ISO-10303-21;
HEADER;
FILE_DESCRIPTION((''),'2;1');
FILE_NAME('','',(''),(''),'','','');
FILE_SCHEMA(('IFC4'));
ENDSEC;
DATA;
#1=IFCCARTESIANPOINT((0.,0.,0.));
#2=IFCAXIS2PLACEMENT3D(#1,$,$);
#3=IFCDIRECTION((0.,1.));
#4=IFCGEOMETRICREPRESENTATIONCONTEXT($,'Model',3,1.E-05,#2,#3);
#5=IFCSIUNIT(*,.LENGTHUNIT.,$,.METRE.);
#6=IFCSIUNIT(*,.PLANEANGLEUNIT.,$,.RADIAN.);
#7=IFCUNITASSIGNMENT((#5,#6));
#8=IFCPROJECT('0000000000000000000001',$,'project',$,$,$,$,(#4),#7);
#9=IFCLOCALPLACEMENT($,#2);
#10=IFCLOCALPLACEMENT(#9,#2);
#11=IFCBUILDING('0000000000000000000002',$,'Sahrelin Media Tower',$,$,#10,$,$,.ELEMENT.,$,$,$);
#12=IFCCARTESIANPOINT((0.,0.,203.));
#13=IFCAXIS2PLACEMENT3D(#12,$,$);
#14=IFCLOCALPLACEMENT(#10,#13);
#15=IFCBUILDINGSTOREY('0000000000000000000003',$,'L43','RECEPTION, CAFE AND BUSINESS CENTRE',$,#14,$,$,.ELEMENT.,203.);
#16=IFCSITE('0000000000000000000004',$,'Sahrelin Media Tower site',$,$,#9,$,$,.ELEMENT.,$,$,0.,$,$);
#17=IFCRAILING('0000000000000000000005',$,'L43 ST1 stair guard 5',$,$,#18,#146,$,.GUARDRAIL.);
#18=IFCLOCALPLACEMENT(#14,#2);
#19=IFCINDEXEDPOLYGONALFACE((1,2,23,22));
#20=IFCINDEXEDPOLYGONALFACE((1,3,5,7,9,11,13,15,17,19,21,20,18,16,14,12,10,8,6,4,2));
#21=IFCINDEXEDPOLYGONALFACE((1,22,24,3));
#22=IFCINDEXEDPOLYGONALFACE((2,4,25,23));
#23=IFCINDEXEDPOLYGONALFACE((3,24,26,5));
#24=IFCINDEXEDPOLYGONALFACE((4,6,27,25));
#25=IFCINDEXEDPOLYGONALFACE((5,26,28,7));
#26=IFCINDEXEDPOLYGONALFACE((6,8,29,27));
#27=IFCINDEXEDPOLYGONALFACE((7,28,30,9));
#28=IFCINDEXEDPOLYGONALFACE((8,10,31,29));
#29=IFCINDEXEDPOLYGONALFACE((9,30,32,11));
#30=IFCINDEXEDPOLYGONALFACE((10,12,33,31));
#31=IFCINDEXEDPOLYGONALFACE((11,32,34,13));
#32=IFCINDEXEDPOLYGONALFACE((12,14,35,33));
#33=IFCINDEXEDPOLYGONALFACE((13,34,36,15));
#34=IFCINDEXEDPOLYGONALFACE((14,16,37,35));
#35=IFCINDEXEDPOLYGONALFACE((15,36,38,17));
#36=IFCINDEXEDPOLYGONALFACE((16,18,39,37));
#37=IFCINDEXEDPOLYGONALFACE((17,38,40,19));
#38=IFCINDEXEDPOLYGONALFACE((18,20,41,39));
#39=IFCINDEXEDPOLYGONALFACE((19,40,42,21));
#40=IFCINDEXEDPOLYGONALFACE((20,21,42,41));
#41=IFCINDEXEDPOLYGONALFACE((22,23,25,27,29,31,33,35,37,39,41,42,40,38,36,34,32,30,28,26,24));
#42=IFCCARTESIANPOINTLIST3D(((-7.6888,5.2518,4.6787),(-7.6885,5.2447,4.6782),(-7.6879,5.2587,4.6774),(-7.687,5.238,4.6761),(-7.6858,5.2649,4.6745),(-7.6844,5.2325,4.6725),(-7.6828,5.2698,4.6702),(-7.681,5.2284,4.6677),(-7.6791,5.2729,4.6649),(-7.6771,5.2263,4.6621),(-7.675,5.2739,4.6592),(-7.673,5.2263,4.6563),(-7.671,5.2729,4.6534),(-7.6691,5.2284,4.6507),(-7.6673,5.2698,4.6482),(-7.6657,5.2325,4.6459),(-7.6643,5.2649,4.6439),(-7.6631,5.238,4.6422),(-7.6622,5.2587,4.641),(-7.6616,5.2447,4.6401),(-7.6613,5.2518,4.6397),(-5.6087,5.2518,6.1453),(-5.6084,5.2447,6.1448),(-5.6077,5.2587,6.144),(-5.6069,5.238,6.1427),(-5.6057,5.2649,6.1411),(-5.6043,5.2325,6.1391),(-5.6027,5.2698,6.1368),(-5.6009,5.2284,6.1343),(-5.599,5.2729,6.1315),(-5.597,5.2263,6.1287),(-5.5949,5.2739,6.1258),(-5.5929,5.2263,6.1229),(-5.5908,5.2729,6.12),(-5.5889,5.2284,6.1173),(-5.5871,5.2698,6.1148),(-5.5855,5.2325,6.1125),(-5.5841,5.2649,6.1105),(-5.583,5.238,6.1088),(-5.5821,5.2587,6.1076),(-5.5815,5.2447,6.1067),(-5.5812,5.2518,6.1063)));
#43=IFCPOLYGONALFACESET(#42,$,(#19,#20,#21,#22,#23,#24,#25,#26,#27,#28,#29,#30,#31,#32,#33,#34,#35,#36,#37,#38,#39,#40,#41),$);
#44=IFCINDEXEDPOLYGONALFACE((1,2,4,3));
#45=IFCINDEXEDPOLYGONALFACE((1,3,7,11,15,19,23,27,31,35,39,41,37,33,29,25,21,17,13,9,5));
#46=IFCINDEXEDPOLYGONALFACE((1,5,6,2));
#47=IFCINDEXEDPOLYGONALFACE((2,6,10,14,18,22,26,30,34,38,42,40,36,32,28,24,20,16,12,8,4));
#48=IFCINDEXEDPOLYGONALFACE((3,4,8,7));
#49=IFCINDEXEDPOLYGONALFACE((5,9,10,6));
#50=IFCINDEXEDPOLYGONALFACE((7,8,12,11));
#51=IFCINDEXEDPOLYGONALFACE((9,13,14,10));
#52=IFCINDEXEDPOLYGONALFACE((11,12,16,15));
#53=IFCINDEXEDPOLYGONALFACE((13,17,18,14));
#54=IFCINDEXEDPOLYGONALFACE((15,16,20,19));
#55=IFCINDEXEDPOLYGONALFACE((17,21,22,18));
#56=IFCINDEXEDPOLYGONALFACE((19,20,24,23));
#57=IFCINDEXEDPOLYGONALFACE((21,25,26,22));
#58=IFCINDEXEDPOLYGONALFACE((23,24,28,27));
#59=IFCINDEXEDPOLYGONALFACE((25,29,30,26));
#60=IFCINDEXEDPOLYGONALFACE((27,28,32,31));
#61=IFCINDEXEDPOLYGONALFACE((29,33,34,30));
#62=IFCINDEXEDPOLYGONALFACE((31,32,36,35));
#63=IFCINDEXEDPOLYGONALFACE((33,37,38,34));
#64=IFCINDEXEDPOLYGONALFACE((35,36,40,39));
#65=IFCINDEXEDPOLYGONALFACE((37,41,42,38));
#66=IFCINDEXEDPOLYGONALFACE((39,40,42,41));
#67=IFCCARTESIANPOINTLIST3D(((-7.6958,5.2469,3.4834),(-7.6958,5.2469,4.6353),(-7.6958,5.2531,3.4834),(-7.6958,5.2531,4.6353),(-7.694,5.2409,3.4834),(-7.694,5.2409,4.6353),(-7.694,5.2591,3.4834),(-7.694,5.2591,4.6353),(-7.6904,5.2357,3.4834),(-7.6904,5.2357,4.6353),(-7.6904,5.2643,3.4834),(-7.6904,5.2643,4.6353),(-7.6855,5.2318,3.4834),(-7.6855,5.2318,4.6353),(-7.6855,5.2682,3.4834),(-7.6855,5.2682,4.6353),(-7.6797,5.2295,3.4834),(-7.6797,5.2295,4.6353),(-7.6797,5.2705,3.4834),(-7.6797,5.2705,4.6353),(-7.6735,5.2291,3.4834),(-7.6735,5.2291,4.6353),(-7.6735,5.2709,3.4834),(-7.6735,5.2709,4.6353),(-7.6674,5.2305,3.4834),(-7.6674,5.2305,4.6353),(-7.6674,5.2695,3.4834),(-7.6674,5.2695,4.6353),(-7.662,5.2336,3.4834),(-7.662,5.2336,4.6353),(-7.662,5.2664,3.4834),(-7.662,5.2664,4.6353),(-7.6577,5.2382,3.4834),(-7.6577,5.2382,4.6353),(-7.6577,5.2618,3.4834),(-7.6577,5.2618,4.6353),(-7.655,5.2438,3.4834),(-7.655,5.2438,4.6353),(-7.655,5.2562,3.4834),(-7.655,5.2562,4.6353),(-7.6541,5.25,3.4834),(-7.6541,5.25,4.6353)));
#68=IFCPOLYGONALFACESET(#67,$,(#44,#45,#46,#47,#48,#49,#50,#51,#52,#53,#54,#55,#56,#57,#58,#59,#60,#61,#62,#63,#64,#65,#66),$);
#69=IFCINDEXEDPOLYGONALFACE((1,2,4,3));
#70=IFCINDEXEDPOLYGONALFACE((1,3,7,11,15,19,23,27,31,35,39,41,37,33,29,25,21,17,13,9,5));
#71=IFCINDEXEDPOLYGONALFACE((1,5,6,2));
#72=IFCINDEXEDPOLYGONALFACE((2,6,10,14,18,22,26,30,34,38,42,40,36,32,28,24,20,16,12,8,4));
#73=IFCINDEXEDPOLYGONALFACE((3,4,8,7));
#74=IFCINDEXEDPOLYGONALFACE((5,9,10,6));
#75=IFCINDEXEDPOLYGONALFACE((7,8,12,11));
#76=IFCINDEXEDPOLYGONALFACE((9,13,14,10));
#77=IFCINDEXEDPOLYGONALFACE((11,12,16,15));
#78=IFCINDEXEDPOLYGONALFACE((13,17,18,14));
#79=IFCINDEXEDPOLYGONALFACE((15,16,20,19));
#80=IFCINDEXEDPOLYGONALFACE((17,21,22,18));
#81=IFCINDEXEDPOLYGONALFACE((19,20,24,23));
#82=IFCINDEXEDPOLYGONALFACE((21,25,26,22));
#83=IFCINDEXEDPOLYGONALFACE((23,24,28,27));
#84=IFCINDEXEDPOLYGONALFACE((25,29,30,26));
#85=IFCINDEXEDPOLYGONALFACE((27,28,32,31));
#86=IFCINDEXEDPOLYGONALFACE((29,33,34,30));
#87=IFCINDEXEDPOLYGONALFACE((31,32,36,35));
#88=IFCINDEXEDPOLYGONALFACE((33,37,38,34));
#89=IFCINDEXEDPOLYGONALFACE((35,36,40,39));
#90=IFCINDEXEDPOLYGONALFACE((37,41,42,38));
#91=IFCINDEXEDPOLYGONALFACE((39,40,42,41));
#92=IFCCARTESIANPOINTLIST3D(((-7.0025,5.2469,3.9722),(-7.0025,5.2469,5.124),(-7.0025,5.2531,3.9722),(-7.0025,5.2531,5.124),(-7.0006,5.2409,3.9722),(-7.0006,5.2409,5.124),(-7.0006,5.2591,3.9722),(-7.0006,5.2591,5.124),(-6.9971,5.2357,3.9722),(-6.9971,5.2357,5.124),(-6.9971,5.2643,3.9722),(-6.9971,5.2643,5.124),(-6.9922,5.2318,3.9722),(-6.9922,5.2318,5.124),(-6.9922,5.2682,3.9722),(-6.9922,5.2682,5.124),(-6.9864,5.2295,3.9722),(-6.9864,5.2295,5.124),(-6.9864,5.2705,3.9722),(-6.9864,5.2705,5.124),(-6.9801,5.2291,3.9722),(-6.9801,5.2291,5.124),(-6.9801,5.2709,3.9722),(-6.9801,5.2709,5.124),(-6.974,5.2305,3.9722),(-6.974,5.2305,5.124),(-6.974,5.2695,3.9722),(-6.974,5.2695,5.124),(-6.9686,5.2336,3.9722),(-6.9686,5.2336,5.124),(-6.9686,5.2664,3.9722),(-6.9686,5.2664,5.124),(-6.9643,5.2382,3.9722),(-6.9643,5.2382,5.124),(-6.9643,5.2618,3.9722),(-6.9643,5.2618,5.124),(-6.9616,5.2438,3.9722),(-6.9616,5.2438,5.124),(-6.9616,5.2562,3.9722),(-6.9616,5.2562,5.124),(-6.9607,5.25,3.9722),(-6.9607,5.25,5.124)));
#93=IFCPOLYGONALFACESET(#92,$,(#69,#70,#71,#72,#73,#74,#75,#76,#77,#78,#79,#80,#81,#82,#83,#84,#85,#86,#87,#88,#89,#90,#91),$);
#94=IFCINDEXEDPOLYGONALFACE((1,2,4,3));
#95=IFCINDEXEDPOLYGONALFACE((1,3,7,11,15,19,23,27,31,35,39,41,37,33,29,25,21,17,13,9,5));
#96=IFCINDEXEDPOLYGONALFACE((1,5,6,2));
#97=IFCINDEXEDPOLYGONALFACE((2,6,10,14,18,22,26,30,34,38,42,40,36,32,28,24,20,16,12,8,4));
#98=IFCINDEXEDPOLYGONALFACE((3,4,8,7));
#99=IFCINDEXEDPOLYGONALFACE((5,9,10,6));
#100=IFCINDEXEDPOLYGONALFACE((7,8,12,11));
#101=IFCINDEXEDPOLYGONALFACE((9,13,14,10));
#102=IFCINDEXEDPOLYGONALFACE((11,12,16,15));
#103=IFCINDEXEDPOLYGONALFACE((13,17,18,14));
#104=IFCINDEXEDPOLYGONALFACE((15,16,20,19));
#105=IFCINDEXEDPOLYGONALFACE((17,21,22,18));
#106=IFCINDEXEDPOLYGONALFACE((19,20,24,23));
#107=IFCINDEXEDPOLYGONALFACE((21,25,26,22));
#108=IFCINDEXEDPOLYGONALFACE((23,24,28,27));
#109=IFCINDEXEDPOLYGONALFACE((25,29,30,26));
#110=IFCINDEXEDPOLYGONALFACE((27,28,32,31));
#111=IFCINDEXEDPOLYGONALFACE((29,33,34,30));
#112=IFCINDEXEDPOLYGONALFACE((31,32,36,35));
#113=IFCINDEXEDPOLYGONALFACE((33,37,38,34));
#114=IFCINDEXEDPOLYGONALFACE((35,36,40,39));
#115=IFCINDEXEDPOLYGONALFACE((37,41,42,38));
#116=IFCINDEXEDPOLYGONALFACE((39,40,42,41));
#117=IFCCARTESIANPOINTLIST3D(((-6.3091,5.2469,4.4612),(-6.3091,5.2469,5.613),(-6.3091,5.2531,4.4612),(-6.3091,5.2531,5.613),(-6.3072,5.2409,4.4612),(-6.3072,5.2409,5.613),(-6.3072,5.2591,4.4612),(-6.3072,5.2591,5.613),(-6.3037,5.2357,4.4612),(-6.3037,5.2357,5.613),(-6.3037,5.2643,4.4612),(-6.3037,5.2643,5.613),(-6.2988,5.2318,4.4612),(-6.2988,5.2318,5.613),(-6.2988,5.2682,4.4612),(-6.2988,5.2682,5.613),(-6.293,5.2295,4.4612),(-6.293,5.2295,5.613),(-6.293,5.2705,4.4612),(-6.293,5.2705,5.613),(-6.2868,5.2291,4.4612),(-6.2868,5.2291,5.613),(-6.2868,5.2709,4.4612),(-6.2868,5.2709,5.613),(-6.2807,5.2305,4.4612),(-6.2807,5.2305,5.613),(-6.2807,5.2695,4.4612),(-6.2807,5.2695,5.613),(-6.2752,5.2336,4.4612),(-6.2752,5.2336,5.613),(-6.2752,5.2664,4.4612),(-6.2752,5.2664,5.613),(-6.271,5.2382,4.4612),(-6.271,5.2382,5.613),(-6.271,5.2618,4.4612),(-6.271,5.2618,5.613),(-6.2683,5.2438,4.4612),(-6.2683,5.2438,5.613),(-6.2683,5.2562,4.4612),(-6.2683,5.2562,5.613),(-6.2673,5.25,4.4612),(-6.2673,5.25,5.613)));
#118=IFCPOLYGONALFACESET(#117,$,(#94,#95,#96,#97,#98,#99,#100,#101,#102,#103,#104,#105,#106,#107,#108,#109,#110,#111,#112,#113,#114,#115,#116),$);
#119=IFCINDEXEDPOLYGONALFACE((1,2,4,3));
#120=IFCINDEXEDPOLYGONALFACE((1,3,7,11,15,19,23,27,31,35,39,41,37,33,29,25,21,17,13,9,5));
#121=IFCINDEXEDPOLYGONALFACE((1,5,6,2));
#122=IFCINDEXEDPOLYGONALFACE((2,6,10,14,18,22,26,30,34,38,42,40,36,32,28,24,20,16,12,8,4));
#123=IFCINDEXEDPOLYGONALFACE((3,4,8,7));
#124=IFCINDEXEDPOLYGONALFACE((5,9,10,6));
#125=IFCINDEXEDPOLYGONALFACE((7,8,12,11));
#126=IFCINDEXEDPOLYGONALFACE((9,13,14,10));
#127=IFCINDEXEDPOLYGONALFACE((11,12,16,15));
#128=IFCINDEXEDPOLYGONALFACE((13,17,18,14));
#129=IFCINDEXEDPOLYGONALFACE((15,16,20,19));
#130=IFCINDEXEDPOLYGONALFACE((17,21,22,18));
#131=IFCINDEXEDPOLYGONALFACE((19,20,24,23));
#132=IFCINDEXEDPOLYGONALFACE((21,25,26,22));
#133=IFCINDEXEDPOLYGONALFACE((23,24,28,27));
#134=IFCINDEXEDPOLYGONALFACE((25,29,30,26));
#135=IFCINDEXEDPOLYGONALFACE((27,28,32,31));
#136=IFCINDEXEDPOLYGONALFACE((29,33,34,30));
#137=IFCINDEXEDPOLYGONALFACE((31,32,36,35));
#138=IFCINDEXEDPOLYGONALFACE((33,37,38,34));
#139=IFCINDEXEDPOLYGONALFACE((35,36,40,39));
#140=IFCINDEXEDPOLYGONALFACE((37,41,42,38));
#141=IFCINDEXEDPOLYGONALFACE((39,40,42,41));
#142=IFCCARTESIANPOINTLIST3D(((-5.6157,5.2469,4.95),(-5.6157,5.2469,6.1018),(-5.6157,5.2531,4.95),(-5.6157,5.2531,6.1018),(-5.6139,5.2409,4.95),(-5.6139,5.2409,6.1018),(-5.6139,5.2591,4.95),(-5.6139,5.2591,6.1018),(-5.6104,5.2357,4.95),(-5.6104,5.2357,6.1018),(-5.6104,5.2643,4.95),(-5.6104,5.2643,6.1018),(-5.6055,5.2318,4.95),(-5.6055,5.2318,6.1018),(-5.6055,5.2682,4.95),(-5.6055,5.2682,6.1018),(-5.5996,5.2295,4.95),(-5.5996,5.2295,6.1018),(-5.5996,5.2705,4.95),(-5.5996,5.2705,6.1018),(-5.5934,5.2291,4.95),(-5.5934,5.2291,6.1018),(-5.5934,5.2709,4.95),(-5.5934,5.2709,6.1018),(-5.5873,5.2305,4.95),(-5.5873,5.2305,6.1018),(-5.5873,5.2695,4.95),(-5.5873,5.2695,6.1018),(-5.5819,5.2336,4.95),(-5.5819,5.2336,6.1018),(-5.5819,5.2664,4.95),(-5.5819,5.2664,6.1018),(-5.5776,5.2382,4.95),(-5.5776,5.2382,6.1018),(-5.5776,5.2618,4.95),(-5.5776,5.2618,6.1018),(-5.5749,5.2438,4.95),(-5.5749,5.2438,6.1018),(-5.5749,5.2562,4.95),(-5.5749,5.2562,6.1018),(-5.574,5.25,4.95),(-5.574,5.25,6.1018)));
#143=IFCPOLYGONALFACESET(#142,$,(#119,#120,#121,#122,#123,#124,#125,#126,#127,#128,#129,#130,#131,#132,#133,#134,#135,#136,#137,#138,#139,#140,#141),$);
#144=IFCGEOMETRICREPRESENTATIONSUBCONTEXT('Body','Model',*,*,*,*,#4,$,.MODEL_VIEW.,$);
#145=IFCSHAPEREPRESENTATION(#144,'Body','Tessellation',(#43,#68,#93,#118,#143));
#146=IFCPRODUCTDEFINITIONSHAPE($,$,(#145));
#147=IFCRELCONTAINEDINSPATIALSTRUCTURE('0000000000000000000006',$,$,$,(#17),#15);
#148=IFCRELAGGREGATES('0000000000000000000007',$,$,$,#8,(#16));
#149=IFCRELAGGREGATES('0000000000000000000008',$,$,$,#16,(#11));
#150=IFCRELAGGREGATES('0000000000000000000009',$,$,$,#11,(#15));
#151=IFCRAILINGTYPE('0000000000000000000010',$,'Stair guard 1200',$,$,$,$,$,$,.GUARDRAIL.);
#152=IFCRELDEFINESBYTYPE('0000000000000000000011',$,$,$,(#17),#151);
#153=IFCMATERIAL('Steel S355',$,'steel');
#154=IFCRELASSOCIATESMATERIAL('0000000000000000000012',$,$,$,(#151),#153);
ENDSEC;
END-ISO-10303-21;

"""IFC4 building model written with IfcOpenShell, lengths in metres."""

from ifc_helpers import new_model, si_unit, direction, frame, origin, origin_2d, place, context, subcontext, project, spatial, circle, extrude, material, type_object, element, save


model = new_model("IFC4")

# Units and contexts
model_context = context("Model", 3, precision=1e-05, world=origin(), true_north=direction((0.0, 1.0)))
body_context = subcontext(model_context, "Body", "Model", "MODEL_VIEW")
ifc_project = project(units=[si_unit("LENGTHUNIT", "METRE"), si_unit("PLANEANGLEUNIT", "RADIAN")], contexts=[model_context])

# Site, building, storey
site_placement = place(None, origin())
site = spatial("IfcSite", under=ifc_project, at=site_placement, Name="Sahrelin Media Tower site", CompositionType="ELEMENT", RefElevation=0.0)
building_placement = place(site_placement, origin())
building = spatial("IfcBuilding", under=site, at=building_placement, Name="Sahrelin Media Tower", CompositionType="ELEMENT")
storey_placement = place(building_placement, frame((0.0, 0.0, 203.0)))
storey = spatial("IfcBuildingStorey", under=building, at=storey_placement, Name="L43", Description="RECEPTION, CAFE AND BUSINESS CENTRE", CompositionType="ELEMENT", Elevation=203.0)

# Railing
ifc_material_1 = material(Name="Steel S355", Category="steel")
railing_type_1 = type_object("IfcRailingType", Name="Stair guard 1200", PredefinedType="GUARDRAIL", material=ifc_material_1)
railing_1_placement = place(storey_placement, frame((-7.675, 5.25, 3.4834)))
element("IfcRailing", 1, at=railing_1_placement, inside=storey, type_object=railing_type_1, Name="L43 ST1 stair guard 5", PredefinedType="GUARDRAIL", context=body_context, shape_type="SweptSolid", body=[
    extrude(circle(Radius=0.0239, at=origin_2d()), frame((0.0, 0.0, 1.1758), z_axis=(0.817289, 0.0, 0.576227), x_axis=(0.0, 1.0, 0.0)), (0.0, 0.0, 1.0), 2.5452),
    extrude(circle(Radius=0.021, at=origin_2d()), origin(), (0.0, 0.0, 1.0), 1.1519),
    extrude(circle(Radius=0.021, at=origin_2d()), frame((0.6934, 0.0, 0.4888)), (0.0, 0.0, 1.0), 1.1519),
    extrude(circle(Radius=0.021, at=origin_2d()), frame((1.3867, 0.0, 0.9778)), (0.0, 0.0, 1.0), 1.1519),
    extrude(circle(Radius=0.021, at=origin_2d()), frame((2.0801, 0.0, 1.4666)), (0.0, 0.0, 1.0), 1.1519),
])

save(model, "model.ifc")
